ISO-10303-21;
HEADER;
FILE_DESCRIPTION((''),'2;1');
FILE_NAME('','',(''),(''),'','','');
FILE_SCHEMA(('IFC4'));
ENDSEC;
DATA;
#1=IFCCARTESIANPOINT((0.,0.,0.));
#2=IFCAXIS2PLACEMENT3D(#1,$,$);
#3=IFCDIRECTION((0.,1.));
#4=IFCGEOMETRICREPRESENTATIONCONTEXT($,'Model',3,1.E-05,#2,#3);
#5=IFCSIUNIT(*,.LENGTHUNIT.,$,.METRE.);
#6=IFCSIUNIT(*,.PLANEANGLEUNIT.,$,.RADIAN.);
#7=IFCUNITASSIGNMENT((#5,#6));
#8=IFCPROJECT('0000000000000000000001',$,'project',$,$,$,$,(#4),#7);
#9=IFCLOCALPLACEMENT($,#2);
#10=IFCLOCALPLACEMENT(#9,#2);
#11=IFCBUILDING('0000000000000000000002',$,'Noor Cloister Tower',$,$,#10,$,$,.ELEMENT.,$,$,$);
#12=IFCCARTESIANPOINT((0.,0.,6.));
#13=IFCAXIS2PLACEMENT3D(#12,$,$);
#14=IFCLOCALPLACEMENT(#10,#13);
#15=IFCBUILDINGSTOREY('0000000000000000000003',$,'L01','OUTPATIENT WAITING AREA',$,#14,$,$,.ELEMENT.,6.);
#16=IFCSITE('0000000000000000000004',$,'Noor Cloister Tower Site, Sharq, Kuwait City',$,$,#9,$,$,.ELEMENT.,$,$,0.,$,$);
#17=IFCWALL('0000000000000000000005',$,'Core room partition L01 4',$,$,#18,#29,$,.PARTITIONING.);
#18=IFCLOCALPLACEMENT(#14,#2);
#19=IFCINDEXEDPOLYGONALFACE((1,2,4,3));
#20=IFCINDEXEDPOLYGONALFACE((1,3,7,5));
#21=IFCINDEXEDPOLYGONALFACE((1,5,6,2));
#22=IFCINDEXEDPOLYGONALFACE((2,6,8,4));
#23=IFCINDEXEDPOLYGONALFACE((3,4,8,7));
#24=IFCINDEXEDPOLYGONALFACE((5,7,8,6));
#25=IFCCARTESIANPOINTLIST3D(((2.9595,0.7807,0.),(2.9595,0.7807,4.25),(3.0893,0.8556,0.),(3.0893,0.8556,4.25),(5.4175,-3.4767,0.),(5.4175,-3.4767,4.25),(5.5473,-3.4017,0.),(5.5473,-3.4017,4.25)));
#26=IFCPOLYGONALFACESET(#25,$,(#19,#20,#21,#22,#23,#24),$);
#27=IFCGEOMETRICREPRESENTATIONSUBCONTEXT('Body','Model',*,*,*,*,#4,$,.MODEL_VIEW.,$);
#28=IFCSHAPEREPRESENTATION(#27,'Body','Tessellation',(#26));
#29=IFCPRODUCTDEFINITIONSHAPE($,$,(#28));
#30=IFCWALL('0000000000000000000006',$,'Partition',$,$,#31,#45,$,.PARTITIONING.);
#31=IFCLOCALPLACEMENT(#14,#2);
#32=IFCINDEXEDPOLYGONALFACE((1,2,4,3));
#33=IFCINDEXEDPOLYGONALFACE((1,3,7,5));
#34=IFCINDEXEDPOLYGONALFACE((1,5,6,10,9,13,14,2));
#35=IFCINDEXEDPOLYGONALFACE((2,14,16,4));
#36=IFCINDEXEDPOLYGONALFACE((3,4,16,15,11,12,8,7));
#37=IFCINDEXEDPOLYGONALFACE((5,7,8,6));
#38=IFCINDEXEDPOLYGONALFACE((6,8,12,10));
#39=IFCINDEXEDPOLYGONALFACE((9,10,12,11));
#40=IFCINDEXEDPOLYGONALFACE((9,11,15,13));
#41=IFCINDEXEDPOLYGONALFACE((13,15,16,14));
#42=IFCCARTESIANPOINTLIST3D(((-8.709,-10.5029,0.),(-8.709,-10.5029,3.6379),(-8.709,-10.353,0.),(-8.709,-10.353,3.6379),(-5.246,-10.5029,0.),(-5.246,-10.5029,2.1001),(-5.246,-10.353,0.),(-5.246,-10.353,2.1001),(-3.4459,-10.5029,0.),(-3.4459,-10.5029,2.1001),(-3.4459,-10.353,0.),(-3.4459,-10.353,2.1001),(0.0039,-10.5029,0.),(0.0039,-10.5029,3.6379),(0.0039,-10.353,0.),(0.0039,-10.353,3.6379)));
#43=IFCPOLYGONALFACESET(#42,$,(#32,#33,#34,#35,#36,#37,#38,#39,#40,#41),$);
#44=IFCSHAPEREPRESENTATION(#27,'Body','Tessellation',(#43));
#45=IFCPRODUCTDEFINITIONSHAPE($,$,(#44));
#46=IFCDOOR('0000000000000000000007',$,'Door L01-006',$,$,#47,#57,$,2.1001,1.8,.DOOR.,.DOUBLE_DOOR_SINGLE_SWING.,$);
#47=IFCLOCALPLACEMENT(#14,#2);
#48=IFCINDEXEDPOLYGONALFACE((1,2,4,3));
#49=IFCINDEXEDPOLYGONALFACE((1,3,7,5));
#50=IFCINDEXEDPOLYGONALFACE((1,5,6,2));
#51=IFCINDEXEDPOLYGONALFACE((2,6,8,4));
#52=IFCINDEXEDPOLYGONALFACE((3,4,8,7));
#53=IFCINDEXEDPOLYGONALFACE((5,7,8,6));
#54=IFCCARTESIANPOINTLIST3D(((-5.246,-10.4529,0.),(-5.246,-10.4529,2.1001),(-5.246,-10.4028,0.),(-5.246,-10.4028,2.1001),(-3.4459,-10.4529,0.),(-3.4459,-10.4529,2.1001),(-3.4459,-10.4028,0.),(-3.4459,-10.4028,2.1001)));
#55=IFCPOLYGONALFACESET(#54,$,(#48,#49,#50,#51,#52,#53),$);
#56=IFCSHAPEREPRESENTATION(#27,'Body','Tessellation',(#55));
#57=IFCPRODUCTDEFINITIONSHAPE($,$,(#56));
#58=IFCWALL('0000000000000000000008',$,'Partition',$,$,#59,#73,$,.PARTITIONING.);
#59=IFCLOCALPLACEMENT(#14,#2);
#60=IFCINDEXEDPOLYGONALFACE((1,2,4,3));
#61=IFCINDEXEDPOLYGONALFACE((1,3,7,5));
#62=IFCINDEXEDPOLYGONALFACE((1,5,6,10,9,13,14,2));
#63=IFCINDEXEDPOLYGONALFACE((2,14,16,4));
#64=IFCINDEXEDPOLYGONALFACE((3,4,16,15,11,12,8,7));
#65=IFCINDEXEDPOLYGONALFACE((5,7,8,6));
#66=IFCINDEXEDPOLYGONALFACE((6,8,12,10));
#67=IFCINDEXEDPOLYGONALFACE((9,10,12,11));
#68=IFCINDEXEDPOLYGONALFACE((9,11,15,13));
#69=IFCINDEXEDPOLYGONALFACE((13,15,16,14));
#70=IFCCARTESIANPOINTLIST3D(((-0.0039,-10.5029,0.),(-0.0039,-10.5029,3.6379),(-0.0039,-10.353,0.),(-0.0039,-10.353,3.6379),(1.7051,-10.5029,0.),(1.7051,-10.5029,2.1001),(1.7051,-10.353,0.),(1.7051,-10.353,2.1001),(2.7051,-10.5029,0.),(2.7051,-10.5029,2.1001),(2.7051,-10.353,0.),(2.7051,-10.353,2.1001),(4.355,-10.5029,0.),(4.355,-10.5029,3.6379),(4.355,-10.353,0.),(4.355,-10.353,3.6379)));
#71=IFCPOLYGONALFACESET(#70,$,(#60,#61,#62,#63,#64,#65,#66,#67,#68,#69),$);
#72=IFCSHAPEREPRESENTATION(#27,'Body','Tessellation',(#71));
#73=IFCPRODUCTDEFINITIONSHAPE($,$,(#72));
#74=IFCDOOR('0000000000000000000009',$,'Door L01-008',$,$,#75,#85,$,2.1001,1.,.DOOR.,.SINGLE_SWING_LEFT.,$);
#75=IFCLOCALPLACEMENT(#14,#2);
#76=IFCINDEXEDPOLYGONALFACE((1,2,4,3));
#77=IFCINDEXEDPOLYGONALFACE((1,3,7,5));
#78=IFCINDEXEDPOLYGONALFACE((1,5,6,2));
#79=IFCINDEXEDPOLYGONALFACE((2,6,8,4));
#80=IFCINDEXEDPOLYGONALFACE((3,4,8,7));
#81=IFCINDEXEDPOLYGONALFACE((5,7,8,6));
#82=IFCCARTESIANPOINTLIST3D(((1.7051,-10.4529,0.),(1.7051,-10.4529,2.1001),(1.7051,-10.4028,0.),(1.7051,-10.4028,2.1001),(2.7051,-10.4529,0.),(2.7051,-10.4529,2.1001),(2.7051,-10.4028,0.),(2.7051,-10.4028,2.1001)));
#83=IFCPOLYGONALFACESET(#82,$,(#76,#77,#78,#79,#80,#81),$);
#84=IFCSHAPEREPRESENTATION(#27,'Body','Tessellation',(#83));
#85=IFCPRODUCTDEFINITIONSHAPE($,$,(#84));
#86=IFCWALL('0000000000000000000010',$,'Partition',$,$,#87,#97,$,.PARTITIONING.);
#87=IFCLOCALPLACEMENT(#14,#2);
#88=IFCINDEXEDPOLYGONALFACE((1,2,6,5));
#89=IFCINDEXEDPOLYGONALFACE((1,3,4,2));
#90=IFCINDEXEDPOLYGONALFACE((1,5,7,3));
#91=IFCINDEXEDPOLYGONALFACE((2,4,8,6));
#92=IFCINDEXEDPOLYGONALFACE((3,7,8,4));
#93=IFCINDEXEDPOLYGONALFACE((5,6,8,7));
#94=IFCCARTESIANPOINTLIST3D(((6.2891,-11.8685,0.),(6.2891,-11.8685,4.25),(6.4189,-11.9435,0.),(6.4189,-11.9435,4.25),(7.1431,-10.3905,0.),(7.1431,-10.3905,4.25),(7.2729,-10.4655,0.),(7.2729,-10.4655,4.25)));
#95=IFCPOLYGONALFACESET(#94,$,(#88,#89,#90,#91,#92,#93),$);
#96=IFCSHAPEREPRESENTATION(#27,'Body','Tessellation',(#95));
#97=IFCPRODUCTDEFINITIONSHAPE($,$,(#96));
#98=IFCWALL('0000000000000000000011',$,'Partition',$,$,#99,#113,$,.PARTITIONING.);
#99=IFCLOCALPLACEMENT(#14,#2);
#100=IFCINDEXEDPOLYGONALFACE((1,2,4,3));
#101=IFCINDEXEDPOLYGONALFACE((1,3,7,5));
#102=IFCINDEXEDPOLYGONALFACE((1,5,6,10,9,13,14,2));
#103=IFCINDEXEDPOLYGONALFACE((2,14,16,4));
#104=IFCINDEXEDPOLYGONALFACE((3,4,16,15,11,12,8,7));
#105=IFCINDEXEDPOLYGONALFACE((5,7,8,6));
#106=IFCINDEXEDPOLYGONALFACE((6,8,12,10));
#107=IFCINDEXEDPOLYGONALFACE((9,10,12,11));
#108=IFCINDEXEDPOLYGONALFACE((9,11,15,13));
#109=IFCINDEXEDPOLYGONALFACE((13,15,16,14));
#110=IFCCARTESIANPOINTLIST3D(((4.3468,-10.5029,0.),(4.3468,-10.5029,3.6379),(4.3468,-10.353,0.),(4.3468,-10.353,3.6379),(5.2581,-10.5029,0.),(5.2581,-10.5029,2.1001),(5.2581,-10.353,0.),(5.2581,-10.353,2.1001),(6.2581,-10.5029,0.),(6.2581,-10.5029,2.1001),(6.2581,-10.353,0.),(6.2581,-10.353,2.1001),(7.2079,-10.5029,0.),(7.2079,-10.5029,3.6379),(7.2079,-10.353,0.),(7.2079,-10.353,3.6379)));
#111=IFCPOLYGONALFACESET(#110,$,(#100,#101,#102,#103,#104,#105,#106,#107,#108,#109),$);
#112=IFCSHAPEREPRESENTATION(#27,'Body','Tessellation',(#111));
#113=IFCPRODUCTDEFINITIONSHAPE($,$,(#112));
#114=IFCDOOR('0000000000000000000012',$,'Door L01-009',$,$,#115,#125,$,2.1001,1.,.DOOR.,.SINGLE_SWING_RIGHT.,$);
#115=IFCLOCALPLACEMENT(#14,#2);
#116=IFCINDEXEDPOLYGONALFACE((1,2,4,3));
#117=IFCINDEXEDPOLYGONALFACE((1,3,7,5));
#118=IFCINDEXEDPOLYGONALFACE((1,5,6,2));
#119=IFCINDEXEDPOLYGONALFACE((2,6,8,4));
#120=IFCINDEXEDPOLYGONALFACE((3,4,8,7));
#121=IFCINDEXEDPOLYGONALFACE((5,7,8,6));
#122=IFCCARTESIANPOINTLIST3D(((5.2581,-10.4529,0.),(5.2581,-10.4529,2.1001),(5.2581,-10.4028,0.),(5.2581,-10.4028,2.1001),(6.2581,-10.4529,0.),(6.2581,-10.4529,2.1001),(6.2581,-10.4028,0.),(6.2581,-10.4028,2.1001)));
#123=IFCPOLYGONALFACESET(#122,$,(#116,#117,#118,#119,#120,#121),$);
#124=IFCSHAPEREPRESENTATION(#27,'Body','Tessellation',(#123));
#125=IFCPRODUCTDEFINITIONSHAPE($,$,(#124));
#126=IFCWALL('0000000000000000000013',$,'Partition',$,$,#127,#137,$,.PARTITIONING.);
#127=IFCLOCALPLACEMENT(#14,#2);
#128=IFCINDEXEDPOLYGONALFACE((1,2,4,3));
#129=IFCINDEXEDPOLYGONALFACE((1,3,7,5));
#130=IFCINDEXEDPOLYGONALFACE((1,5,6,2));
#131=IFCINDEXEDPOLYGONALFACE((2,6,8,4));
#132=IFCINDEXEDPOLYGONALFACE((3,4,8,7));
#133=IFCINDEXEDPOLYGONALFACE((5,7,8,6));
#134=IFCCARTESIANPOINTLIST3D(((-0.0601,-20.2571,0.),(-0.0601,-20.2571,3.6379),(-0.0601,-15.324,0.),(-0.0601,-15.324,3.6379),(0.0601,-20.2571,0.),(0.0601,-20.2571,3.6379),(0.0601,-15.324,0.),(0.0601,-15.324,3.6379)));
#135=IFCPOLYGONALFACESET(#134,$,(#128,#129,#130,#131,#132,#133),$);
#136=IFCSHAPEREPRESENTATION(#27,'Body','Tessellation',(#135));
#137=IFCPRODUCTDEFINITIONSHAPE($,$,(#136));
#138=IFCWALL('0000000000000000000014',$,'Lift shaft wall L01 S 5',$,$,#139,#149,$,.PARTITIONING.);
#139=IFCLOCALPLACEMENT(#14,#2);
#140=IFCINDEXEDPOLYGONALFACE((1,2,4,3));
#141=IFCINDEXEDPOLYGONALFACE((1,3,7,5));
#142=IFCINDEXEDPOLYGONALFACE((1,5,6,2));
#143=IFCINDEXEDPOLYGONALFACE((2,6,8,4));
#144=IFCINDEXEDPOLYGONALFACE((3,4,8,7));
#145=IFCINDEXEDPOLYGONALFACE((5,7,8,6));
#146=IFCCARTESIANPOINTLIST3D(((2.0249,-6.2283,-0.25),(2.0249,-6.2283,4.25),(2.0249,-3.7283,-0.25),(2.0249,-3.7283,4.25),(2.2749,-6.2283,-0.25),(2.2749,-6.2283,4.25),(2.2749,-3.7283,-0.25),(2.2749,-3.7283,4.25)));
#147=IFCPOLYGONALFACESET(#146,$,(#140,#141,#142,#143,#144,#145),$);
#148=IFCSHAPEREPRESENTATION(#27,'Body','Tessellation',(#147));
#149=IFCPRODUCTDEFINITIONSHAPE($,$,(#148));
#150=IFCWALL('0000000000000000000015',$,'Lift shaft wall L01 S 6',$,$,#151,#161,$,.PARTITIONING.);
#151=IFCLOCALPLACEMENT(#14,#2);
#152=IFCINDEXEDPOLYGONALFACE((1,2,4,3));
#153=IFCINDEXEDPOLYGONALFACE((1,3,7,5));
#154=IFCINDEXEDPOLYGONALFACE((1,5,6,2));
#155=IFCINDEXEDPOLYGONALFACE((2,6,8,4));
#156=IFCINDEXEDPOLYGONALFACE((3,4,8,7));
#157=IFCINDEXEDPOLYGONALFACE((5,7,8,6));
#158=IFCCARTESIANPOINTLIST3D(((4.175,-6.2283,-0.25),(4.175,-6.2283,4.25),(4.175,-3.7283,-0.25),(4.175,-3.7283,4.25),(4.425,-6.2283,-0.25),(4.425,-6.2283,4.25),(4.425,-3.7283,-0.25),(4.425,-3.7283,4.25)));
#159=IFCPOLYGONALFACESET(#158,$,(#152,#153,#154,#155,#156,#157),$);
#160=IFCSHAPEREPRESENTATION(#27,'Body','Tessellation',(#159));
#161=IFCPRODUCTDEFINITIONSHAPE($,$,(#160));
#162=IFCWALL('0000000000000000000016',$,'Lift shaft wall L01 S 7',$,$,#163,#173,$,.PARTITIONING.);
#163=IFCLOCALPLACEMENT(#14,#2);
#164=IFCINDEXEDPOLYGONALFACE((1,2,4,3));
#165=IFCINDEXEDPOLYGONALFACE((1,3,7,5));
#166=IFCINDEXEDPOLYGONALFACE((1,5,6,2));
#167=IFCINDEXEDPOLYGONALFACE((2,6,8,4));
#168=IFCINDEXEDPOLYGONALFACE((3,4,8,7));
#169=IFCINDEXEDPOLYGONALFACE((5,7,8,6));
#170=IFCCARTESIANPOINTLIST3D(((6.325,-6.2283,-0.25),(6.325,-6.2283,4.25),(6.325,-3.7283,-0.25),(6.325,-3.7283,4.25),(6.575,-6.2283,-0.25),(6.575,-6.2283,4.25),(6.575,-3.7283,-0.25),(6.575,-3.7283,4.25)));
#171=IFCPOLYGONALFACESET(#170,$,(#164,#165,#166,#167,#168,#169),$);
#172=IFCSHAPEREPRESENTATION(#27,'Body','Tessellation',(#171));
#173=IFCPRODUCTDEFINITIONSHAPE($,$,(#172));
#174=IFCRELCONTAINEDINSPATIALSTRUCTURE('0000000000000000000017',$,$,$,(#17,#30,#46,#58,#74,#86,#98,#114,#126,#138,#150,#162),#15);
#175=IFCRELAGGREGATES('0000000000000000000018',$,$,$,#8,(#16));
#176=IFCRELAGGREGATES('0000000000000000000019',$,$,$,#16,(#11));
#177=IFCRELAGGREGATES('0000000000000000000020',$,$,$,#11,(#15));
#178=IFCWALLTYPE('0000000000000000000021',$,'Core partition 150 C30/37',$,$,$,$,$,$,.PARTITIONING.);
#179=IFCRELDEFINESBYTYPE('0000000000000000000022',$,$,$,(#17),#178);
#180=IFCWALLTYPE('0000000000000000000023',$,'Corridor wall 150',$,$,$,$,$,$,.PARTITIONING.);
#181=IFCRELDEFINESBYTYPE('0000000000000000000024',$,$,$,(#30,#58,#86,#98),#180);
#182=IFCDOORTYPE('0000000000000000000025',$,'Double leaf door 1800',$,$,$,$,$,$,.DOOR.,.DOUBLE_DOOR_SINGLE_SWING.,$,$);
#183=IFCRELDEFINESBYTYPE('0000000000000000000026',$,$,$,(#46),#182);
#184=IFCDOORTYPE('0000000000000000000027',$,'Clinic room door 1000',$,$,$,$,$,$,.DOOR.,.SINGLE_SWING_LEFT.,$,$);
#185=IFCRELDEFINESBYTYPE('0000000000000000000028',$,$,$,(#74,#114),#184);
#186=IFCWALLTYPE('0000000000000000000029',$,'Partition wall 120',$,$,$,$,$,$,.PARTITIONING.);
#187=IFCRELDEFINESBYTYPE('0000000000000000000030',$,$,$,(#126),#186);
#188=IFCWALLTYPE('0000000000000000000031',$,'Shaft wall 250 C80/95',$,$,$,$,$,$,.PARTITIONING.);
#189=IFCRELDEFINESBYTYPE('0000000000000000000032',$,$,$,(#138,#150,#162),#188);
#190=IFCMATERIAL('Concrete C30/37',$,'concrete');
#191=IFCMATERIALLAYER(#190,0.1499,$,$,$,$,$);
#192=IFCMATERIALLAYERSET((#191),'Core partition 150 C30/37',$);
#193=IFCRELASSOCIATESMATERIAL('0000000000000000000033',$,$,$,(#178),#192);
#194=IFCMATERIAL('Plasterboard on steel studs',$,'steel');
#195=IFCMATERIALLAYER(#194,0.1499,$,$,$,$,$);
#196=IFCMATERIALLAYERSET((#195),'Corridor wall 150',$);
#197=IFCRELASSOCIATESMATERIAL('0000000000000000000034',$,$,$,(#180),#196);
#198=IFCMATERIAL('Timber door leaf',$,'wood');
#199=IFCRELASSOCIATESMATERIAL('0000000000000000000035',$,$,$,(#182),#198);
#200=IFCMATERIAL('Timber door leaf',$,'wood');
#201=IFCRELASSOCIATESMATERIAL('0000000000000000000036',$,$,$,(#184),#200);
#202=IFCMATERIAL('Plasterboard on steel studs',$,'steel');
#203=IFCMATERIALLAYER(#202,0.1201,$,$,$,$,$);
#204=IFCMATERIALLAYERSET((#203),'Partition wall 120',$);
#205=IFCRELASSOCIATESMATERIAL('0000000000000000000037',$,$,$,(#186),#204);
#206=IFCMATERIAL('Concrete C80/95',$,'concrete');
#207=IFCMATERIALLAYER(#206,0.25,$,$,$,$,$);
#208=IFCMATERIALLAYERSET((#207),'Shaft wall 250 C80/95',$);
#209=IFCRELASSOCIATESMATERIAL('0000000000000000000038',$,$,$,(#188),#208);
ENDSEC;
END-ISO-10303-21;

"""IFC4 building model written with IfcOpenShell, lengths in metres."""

from ifc_helpers import new_model, si_unit, direction, frame, frame_2d, origin, place, context, subcontext, project, spatial, rectangle, extrude, material, layer, layer_set, type_object, element, fill, save


model = new_model("IFC4")

# Units and contexts
model_context = context("Model", 3, precision=1e-05, world=origin(), true_north=direction((0.0, 1.0)))
body_context = subcontext(model_context, "Body", "Model", "MODEL_VIEW")
ifc_project = project(units=[si_unit("LENGTHUNIT", "METRE"), si_unit("PLANEANGLEUNIT", "RADIAN")], contexts=[model_context])

# Site, building, storey
site_placement = place(None, origin())
site = spatial("IfcSite", under=ifc_project, at=site_placement, Name="Noor Cloister Tower Site, Sharq, Kuwait City", CompositionType="ELEMENT", RefElevation=0.0)
building_placement = place(site_placement, origin())
building = spatial("IfcBuilding", under=site, at=building_placement, Name="Noor Cloister Tower", CompositionType="ELEMENT")
storey_placement = place(building_placement, frame((0.0, 0.0, 6.0)))
storey = spatial("IfcBuildingStorey", under=building, at=storey_placement, Name="L01", Description="OUTPATIENT WAITING AREA", CompositionType="ELEMENT", Elevation=6.0)

# Wall
ifc_material_1 = material(Name="Concrete C30/37", Category="concrete")
ifc_layer_1 = layer(ifc_material_1, 0.1499)
ifc_layer_set_1 = layer_set([ifc_layer_1], Name="Core partition 150 C30/37")
wall_type_1 = type_object("IfcWallType", Name="Core partition 150 C30/37", PredefinedType="PARTITIONING", material=ifc_layer_set_1)
wall_1_placement = place(storey_placement, frame((5.4824, -3.4392, 0.0), z_axis=(0.0, 0.0, 1.0), x_axis=(-0.500006, 0.866022, 0.0)))
element("IfcWall", 1, at=wall_1_placement, inside=storey, type_object=wall_type_1, Name="Core room partition L01 4", PredefinedType="PARTITIONING", context=body_context, shape_type="SweptSolid", body=[
    extrude(rectangle(XDim=4.916, YDim=0.1499, at=frame_2d((2.458, 0.0))), origin(), (0.0, 0.0, 1.0), 4.25),
])

# Walls, openings, doors
ifc_material_2 = material(Name="Plasterboard on steel studs", Category="steel")
ifc_layer_2 = layer(ifc_material_2, 0.1499)
ifc_layer_set_2 = layer_set([ifc_layer_2], Name="Corridor wall 150")
wall_type_2 = type_object("IfcWallType", Name="Corridor wall 150", PredefinedType="PARTITIONING", material=ifc_layer_set_2)
wall_2_placement = place(storey_placement, frame((0.0039, -10.428, 0.0), z_axis=(0.0, 0.0, 1.0), x_axis=(-1.0, 0.0, 0.0)))
wall_2 = element("IfcWall", 2, at=wall_2_placement, inside=storey, type_object=wall_type_2, Name="Partition", PredefinedType="PARTITIONING", context=body_context, shape_type="SweptSolid", body=[
    extrude(rectangle(XDim=8.7129, YDim=0.1499, at=frame_2d((4.3564, 0.0))), origin(), (0.0, 0.0, 1.0), 3.6379),
])
opening_1_placement = place(wall_2_placement, frame((3.45, 0.0, 0.0)))
opening_1 = element("IfcOpeningElement", 3, at=opening_1_placement, cuts=wall_2, PredefinedType="OPENING", context=body_context, shape_type="SweptSolid", body=[
    extrude(rectangle(XDim=1.8, YDim=2.1001, at=frame_2d((0.8999, 1.05))), frame((0.0, 0.085, 0.0), z_axis=(0.0, -1.0, 0.0), x_axis=(1.0, 0.0, 0.0)), (0.0, 0.0, 1.0), 0.1699),
])
ifc_material_3 = material(Name="Timber door leaf", Category="wood")
door_type_1 = type_object("IfcDoorType", Name="Double leaf door 1800", OperationType="DOUBLE_DOOR_SINGLE_SWING", PredefinedType="DOOR", material=ifc_material_3)
door_1_placement = place(opening_1_placement, origin())
door_1 = element("IfcDoor", 4, at=door_1_placement, inside=storey, type_object=door_type_1, Name="Door L01-006", OperationType="DOUBLE_DOOR_SINGLE_SWING", OverallHeight=2.1001, OverallWidth=1.8, PredefinedType="DOOR", context=body_context, shape_type="SweptSolid", body=[
    extrude(rectangle(XDim=1.8, YDim=2.1001, at=frame_2d((0.8999, 1.05))), frame((0.0, 0.0249, 0.0), z_axis=(0.0, -1.0, 0.0), x_axis=(1.0, 0.0, 0.0)), (0.0, 0.0, 1.0), 0.05),
])
fill(opening_1, door_1)
wall_3_placement = place(storey_placement, frame((4.355, -10.428, 0.0), z_axis=(0.0, 0.0, 1.0), x_axis=(-1.0, 0.0, 0.0)))
wall_3 = element("IfcWall", 5, at=wall_3_placement, inside=storey, type_object=wall_type_2, Name="Partition", PredefinedType="PARTITIONING", context=body_context, shape_type="SweptSolid", body=[
    extrude(rectangle(XDim=4.3589, YDim=0.1499, at=frame_2d((2.1794, 0.0))), origin(), (0.0, 0.0, 1.0), 3.6379),
])
opening_2_placement = place(wall_3_placement, frame((1.6499, 0.0, 0.0)))
opening_2 = element("IfcOpeningElement", 6, at=opening_2_placement, cuts=wall_3, PredefinedType="OPENING", context=body_context, shape_type="SweptSolid", body=[
    extrude(rectangle(XDim=1.0, YDim=2.1001, at=frame_2d((0.5, 1.05))), frame((0.0, 0.085, 0.0), z_axis=(0.0, -1.0, 0.0), x_axis=(1.0, 0.0, 0.0)), (0.0, 0.0, 1.0), 0.1699),
])
ifc_material_4 = material(Name="Timber door leaf", Category="wood")
door_type_2 = type_object("IfcDoorType", Name="Clinic room door 1000", OperationType="SINGLE_SWING_LEFT", PredefinedType="DOOR", material=ifc_material_4)
door_2_placement = place(opening_2_placement, origin())
door_2 = element("IfcDoor", 7, at=door_2_placement, inside=storey, type_object=door_type_2, Name="Door L01-008", OperationType="SINGLE_SWING_LEFT", OverallHeight=2.1001, OverallWidth=1.0, PredefinedType="DOOR", context=body_context, shape_type="SweptSolid", body=[
    extrude(rectangle(XDim=1.0, YDim=2.1001, at=frame_2d((0.5, 1.05))), frame((0.0, 0.0249, 0.0), z_axis=(0.0, -1.0, 0.0), x_axis=(1.0, 0.0, 0.0)), (0.0, 0.0, 1.0), 0.05),
])
fill(opening_2, door_2)

# Wall
wall_4_placement = place(storey_placement, frame((6.354, -11.906, 0.0), z_axis=(0.0, 0.0, 1.0), x_axis=(0.500292, 0.865857, 0.0)))
element("IfcWall", 8, at=wall_4_placement, inside=storey, type_object=wall_type_2, Name="Partition", PredefinedType="PARTITIONING", context=body_context, shape_type="SweptSolid", body=[
    extrude(rectangle(XDim=1.707, YDim=0.1499, at=frame_2d((0.8535, 0.0))), origin(), (0.0, 0.0, 1.0), 4.25),
])

# Wall, opening, door
wall_5_placement = place(storey_placement, frame((7.208, -10.428, 0.0), z_axis=(0.0, 0.0, 1.0), x_axis=(-1.0, 0.0, 0.0)))
wall_5 = element("IfcWall", 9, at=wall_5_placement, inside=storey, type_object=wall_type_2, Name="Partition", PredefinedType="PARTITIONING", context=body_context, shape_type="SweptSolid", body=[
    extrude(rectangle(XDim=2.8611, YDim=0.1499, at=frame_2d((1.4307, 0.0))), origin(), (0.0, 0.0, 1.0), 3.6379),
])
opening_3_placement = place(wall_5_placement, frame((0.95, 0.0, 0.0)))
opening_3 = element("IfcOpeningElement", 10, at=opening_3_placement, cuts=wall_5, PredefinedType="OPENING", context=body_context, shape_type="SweptSolid", body=[
    extrude(rectangle(XDim=1.0, YDim=2.1001, at=frame_2d((0.5, 1.05))), frame((0.0, 0.085, 0.0), z_axis=(0.0, -1.0, 0.0), x_axis=(1.0, 0.0, 0.0)), (0.0, 0.0, 1.0), 0.1699),
])
door_3_placement = place(opening_3_placement, origin())
door_3 = element("IfcDoor", 11, at=door_3_placement, inside=storey, type_object=door_type_2, Name="Door L01-009", OperationType="SINGLE_SWING_RIGHT", OverallHeight=2.1001, OverallWidth=1.0, PredefinedType="DOOR", context=body_context, shape_type="SweptSolid", body=[
    extrude(rectangle(XDim=1.0, YDim=2.1001, at=frame_2d((0.5, 1.05))), frame((0.0, 0.0249, 0.0), z_axis=(0.0, -1.0, 0.0), x_axis=(1.0, 0.0, 0.0)), (0.0, 0.0, 1.0), 0.05),
])
fill(opening_3, door_3)

# Walls
ifc_material_5 = material(Name="Plasterboard on steel studs", Category="steel")
ifc_layer_3 = layer(ifc_material_5, 0.1201)
ifc_layer_set_3 = layer_set([ifc_layer_3], Name="Partition wall 120")
wall_type_3 = type_object("IfcWallType", Name="Partition wall 120", PredefinedType="PARTITIONING", material=ifc_layer_set_3)
wall_6_placement = place(storey_placement, frame((0.0, -15.324, 0.0), z_axis=(0.0, 0.0, 1.0), x_axis=(0.0, -1.0, 0.0)))
element("IfcWall", 12, at=wall_6_placement, inside=storey, type_object=wall_type_3, Name="Partition", PredefinedType="PARTITIONING", context=body_context, shape_type="SweptSolid", body=[
    extrude(rectangle(XDim=4.9331, YDim=0.1201, at=frame_2d((2.4666, 0.0))), origin(), (0.0, 0.0, 1.0), 3.6379),
])
ifc_material_6 = material(Name="Concrete C80/95", Category="concrete")
ifc_layer_4 = layer(ifc_material_6, 0.25)
ifc_layer_set_4 = layer_set([ifc_layer_4], Name="Shaft wall 250 C80/95")
wall_type_4 = type_object("IfcWallType", Name="Shaft wall 250 C80/95", PredefinedType="PARTITIONING", material=ifc_layer_set_4)
for number, where, z_axis, x_axis, name in (
    (13, (2.1499, -6.2283, -0.25), (0.0, 0.0, 1.0), (0.0, 1.0, 0.0), "Lift shaft wall L01 S 5"),
    (14, (4.3, -6.2283, -0.25), (0.0, 0.0, 1.0), (0.0, 1.0, 0.0), "Lift shaft wall L01 S 6"),
    (15, (6.45, -6.2283, -0.25), (0.0, 0.0, 1.0), (0.0, 1.0, 0.0), "Lift shaft wall L01 S 7"),
):
    element("IfcWall", number, at=place(storey_placement, frame(where, z_axis=z_axis, x_axis=x_axis)), inside=storey, type_object=wall_type_4, Name=name, PredefinedType="PARTITIONING", context=body_context, shape_type="SweptSolid", body=[
        extrude(rectangle(XDim=2.5, YDim=0.25, at=frame_2d((1.25, 0.0))), origin(), (0.0, 0.0, 1.0), 4.5),
    ])

save(model, "model.ifc")
